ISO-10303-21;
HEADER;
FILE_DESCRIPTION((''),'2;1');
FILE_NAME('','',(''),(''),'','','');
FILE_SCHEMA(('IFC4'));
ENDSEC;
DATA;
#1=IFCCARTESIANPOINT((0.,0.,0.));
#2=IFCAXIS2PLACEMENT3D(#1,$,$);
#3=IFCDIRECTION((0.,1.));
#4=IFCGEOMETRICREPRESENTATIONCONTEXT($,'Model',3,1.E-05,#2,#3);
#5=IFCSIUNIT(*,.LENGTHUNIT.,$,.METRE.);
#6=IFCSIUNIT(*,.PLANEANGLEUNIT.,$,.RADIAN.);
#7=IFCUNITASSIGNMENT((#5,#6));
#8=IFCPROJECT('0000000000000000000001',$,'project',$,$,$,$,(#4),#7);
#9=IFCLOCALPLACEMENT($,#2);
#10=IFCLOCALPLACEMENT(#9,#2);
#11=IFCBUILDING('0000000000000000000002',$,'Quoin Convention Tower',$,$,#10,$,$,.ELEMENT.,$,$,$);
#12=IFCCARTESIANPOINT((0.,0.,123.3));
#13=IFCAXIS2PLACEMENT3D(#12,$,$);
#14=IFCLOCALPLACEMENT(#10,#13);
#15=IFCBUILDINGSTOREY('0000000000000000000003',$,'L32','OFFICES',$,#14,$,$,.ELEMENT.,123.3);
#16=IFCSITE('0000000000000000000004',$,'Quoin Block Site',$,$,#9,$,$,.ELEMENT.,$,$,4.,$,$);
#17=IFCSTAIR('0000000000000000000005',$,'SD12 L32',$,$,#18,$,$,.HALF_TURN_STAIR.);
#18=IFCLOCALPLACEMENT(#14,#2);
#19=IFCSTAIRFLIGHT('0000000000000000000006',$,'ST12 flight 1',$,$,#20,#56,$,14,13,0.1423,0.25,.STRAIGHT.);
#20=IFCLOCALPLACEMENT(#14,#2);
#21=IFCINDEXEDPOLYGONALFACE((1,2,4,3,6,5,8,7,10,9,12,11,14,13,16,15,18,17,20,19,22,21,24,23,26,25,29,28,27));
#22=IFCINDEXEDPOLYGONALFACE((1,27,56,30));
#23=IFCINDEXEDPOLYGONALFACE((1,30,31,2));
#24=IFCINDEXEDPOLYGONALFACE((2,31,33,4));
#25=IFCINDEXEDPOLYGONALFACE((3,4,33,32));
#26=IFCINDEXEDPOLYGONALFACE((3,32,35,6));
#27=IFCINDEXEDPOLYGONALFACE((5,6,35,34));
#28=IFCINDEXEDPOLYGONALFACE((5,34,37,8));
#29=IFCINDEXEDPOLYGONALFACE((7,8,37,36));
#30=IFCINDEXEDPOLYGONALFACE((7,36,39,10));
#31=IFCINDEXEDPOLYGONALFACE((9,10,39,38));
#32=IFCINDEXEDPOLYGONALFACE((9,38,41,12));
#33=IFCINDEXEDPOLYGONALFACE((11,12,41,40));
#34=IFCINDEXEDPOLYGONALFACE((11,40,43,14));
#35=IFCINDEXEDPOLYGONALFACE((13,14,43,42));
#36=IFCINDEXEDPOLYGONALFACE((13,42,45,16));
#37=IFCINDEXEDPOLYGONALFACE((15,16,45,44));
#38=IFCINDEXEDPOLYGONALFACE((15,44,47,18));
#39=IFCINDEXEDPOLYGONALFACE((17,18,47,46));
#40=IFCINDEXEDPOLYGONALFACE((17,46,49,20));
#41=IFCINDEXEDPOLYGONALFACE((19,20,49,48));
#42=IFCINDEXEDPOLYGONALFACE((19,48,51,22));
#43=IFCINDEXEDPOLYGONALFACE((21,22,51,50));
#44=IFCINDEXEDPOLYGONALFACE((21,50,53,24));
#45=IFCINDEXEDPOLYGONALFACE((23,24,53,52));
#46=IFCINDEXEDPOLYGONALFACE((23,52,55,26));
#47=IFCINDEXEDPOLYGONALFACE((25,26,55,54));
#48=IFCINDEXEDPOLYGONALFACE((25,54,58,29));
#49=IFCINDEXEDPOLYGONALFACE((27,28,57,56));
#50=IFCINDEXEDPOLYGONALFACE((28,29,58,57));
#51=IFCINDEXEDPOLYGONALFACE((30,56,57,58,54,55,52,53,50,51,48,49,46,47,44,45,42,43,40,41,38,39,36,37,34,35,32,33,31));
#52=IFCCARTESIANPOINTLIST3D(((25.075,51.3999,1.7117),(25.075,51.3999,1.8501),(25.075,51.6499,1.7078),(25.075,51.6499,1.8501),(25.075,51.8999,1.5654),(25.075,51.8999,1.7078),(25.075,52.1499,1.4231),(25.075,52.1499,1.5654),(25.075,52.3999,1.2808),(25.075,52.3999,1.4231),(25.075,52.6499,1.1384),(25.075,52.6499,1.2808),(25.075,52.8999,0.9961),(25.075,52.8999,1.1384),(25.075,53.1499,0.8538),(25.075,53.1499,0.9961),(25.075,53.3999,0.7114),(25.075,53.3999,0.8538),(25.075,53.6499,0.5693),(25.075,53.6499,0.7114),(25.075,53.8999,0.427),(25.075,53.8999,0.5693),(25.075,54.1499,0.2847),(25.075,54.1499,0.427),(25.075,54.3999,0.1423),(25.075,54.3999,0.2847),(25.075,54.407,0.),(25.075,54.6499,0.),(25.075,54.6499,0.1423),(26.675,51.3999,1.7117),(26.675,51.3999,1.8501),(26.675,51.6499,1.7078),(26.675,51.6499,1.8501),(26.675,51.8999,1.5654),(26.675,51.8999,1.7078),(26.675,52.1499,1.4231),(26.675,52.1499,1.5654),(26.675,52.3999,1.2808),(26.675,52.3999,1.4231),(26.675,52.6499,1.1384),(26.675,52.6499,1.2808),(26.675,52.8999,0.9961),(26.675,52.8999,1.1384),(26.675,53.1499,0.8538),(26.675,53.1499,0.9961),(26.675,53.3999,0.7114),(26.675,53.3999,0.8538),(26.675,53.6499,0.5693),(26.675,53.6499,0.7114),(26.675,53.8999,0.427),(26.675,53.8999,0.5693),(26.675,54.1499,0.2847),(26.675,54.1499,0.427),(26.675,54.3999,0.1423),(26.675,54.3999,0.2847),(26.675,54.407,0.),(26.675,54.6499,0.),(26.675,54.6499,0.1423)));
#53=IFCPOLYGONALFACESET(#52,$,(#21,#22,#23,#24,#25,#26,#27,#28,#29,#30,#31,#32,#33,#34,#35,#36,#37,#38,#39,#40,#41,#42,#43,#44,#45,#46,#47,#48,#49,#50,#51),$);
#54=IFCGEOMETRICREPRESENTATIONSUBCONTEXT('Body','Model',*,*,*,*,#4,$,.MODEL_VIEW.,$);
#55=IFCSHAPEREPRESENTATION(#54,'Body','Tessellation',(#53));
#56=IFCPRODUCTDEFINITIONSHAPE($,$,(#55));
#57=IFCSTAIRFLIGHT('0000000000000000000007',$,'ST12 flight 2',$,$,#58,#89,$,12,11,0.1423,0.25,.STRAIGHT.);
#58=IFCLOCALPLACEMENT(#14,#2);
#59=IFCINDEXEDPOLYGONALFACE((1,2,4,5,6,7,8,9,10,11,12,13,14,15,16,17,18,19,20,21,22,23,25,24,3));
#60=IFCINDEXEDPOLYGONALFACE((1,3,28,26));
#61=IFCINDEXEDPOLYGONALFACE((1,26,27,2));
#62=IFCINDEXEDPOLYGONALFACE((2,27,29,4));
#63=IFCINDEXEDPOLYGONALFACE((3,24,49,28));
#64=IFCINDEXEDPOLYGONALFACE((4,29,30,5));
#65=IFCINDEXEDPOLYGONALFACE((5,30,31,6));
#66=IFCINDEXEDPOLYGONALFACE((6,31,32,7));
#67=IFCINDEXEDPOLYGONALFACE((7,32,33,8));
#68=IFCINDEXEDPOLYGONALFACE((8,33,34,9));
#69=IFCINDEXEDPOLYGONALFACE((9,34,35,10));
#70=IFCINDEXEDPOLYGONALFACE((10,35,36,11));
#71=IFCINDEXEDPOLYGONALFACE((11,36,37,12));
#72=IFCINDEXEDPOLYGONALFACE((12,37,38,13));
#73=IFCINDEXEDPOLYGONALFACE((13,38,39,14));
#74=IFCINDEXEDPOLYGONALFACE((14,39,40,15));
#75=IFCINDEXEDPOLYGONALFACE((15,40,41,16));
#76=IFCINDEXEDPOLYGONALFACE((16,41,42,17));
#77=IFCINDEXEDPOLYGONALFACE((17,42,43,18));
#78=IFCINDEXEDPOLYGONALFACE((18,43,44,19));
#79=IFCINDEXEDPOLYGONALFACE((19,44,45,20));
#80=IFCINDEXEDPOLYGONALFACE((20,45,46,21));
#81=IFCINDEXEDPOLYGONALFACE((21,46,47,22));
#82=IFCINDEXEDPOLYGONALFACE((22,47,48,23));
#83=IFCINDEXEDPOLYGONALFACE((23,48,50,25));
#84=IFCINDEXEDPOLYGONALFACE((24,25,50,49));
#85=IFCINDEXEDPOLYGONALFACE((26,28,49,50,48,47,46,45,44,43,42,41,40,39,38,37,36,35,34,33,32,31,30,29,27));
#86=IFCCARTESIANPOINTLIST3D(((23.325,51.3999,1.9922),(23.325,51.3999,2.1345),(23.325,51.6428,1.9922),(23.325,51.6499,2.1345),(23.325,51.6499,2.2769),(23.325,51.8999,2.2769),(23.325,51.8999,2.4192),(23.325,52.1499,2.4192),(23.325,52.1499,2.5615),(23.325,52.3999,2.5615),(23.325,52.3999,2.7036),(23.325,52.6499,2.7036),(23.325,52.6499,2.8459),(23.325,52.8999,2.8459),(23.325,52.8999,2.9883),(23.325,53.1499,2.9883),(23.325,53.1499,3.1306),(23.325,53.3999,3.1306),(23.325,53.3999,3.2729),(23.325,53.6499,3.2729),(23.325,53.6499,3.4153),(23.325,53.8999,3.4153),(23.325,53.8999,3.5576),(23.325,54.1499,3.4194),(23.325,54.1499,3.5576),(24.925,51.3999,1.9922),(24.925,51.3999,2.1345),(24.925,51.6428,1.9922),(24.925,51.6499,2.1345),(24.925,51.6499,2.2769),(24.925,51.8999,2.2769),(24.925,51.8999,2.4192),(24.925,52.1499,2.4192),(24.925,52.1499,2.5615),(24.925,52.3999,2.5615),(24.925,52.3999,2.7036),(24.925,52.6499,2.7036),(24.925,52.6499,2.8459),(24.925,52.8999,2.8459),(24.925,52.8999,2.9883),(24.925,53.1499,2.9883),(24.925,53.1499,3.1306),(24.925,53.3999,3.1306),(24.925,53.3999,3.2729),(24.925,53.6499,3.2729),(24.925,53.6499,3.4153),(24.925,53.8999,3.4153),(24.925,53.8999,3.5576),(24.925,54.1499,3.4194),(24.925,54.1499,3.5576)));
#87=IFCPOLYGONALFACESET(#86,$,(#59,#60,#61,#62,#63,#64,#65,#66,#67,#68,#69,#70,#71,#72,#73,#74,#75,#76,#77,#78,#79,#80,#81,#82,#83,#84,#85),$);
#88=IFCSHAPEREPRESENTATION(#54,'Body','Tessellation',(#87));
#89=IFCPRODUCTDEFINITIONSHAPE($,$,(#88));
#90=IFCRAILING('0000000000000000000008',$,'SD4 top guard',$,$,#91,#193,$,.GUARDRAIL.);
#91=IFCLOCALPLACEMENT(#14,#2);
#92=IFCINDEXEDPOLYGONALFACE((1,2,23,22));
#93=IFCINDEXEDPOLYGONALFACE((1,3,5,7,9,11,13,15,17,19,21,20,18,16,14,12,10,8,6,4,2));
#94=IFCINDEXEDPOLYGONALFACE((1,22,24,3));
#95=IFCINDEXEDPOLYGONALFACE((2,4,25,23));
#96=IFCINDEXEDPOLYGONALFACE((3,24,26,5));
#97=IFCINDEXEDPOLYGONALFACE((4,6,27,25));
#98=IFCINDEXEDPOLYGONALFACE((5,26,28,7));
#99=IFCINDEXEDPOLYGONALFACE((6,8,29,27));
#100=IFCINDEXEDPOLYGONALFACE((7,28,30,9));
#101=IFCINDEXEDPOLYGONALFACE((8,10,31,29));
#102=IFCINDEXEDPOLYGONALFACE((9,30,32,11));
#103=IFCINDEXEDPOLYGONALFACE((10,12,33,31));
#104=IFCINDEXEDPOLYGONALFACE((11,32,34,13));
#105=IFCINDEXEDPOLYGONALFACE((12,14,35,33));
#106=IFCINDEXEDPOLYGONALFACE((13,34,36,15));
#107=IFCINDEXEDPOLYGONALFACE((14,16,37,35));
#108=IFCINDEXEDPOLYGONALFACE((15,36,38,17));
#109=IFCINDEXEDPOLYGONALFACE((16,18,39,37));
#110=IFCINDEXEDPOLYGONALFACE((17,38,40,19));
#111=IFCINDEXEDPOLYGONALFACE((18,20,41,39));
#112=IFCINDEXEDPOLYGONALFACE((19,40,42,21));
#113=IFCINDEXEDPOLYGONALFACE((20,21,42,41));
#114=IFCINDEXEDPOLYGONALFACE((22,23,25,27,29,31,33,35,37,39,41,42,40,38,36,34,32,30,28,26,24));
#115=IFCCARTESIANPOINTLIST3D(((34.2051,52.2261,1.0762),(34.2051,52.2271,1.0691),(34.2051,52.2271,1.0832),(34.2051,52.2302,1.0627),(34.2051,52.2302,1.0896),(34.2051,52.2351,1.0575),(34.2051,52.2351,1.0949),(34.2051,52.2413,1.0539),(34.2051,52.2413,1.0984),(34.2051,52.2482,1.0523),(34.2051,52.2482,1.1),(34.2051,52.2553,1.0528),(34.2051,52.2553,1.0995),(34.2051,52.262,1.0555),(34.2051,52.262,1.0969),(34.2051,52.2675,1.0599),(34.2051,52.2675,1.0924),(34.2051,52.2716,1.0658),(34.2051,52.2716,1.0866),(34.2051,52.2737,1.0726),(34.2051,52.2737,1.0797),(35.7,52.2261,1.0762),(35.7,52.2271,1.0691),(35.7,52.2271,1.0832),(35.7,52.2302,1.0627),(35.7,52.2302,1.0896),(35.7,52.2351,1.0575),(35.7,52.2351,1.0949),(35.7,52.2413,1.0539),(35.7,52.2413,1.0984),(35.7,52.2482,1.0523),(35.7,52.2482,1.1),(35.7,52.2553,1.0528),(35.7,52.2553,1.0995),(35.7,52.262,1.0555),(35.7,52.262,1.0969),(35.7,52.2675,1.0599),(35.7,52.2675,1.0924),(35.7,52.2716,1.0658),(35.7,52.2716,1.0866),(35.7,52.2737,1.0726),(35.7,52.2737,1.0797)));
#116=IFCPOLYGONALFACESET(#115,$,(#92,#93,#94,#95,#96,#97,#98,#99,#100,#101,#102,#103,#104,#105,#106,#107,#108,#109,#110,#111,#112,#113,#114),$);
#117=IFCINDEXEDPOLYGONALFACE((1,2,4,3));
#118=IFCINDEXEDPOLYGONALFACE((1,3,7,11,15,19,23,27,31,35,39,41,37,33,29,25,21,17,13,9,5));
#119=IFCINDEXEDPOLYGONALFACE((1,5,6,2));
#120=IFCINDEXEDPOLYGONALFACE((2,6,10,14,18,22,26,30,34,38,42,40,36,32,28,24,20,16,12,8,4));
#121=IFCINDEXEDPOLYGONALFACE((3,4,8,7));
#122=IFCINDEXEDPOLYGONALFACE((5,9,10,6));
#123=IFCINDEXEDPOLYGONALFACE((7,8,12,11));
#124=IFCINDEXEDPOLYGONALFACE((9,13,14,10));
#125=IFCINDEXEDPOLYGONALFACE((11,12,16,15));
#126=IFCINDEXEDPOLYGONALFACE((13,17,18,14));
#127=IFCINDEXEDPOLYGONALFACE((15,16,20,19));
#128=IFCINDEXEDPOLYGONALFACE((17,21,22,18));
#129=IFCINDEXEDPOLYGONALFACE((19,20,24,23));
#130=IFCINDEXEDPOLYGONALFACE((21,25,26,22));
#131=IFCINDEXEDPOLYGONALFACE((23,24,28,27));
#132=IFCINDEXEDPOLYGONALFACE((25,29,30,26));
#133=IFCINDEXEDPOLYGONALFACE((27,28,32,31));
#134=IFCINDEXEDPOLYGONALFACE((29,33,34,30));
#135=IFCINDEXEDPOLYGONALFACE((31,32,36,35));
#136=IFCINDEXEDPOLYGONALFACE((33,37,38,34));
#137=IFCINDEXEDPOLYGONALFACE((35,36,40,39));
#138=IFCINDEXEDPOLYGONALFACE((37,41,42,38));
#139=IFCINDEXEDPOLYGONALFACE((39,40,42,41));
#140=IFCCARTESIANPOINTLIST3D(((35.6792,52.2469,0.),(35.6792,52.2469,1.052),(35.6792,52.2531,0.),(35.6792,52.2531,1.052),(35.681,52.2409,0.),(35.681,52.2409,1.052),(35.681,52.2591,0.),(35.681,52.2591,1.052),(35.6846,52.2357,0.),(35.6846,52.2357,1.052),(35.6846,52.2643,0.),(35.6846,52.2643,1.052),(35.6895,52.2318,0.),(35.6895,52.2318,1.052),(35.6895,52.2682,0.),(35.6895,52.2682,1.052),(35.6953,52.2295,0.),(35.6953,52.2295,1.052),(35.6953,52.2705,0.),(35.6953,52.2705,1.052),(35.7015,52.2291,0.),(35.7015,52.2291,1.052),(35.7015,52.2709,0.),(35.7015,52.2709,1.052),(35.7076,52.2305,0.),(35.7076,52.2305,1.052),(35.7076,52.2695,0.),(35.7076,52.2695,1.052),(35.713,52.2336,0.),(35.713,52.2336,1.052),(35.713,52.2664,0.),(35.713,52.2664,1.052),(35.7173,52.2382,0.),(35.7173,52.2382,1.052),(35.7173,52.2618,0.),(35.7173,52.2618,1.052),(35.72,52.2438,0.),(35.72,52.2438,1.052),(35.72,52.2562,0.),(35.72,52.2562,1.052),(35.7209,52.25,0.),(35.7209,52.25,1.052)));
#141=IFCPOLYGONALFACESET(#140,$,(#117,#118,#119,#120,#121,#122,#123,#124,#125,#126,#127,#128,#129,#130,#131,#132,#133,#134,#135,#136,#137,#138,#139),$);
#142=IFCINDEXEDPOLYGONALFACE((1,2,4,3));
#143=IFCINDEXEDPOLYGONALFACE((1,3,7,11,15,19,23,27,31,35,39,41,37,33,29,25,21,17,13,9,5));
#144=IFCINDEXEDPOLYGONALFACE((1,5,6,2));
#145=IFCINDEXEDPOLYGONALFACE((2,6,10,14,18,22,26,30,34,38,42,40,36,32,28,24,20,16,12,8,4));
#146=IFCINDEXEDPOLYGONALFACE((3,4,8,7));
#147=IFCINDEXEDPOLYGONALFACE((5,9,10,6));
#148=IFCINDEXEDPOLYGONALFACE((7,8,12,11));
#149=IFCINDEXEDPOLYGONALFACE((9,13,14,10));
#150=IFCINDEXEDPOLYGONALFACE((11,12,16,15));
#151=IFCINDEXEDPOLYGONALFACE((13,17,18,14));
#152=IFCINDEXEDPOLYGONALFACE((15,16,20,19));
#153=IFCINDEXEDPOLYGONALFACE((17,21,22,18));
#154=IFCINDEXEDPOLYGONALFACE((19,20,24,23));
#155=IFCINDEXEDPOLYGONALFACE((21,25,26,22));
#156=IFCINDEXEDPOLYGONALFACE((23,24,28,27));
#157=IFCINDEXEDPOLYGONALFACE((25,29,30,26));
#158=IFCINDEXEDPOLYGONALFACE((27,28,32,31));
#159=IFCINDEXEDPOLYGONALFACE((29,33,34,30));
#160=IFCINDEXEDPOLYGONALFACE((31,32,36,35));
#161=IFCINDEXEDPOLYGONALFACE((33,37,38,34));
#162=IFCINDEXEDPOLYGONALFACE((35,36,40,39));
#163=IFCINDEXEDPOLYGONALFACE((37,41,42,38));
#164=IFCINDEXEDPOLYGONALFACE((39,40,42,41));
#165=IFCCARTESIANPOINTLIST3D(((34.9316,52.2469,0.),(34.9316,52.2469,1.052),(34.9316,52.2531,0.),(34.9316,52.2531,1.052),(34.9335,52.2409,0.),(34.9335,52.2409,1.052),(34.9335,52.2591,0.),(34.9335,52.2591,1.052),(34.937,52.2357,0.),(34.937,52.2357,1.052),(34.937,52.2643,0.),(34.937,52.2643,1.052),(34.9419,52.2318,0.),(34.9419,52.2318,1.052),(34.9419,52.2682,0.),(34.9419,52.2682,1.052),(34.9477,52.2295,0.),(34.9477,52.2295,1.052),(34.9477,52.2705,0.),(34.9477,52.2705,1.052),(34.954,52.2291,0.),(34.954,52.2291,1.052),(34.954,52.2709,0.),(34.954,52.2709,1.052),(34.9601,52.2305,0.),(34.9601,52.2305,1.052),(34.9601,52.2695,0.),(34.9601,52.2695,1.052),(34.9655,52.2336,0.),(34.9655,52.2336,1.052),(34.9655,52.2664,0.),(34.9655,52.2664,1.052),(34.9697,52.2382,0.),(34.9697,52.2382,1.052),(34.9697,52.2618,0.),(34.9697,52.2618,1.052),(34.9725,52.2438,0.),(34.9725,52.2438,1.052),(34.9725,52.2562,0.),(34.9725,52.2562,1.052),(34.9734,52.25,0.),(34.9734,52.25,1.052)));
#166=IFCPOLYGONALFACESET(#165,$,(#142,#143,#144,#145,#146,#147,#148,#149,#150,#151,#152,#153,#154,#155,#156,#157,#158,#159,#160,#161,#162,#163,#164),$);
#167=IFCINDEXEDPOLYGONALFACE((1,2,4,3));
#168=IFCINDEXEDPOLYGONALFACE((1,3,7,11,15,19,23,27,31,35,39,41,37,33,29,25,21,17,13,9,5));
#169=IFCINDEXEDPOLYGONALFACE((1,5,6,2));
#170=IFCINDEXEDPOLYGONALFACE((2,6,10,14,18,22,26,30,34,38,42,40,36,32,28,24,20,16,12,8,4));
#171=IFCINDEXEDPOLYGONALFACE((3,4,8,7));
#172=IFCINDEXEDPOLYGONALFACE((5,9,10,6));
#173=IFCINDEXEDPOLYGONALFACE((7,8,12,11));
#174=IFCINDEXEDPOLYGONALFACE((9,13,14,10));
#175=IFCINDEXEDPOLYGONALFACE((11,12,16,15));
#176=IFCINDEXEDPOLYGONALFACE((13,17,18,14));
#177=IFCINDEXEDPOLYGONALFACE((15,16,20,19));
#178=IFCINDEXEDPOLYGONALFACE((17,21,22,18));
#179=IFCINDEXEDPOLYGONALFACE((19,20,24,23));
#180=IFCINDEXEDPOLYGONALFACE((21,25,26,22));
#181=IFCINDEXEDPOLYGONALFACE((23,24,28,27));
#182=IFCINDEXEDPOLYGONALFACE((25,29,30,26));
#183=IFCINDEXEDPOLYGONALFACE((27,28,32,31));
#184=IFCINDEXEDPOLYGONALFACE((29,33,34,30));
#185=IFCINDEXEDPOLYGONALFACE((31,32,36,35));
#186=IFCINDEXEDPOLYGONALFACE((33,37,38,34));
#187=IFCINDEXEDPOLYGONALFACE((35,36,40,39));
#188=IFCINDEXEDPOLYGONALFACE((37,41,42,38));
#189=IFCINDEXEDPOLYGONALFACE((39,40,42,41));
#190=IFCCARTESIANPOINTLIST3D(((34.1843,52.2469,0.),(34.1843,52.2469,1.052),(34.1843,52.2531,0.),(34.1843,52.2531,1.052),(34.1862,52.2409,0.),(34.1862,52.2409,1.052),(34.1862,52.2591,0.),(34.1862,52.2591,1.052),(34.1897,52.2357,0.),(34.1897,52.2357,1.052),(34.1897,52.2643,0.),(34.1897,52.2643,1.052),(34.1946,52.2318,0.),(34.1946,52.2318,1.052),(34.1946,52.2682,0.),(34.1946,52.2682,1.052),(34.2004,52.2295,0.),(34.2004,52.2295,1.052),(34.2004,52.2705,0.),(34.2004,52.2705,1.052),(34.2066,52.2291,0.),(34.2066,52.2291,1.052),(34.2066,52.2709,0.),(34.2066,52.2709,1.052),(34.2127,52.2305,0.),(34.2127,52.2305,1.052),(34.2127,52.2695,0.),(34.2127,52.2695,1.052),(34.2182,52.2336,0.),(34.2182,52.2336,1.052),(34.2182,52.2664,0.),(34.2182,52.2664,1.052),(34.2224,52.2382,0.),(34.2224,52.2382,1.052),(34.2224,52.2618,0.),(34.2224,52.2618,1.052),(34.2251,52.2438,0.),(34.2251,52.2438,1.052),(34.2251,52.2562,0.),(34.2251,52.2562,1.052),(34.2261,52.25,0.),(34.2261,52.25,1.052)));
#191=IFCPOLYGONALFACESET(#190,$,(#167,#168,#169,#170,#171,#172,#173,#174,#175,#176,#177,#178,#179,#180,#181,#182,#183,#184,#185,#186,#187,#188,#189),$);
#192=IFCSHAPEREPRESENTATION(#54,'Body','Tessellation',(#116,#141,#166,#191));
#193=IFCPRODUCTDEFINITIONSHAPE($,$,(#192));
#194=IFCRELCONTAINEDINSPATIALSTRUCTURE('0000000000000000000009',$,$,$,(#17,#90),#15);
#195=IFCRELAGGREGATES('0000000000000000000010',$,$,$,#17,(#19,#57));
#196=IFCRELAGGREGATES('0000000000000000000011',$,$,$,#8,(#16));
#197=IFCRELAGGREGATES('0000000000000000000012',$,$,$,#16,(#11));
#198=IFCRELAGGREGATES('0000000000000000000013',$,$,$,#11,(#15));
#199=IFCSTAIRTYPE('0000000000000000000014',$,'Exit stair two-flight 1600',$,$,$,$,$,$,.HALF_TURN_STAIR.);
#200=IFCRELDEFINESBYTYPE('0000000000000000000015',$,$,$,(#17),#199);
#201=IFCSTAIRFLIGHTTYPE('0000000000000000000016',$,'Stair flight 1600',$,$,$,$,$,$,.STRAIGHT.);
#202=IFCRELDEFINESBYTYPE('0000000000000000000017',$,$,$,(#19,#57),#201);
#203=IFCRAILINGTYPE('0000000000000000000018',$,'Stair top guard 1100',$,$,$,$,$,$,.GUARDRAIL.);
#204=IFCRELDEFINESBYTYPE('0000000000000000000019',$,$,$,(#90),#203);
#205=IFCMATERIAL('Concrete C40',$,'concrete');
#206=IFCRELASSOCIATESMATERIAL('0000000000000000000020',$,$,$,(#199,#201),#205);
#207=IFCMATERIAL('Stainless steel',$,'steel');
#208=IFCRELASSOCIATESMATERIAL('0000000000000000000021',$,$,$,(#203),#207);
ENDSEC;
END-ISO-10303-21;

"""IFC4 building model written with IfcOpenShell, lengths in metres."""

from ifc_helpers import new_model, si_unit, direction, frame, origin, origin_2d, place, context, subcontext, project, spatial, polyline, circle, outline, extrude, material, type_object, element, aggregate, save


model = new_model("IFC4")

# Units and contexts
model_context = context("Model", 3, precision=1e-05, world=origin(), true_north=direction((0.0, 1.0)))
body_context = subcontext(model_context, "Body", "Model", "MODEL_VIEW")
ifc_project = project(units=[si_unit("LENGTHUNIT", "METRE"), si_unit("PLANEANGLEUNIT", "RADIAN")], contexts=[model_context])

# Site, building, storey
site_placement = place(None, origin())
site = spatial("IfcSite", under=ifc_project, at=site_placement, Name="Quoin Block Site", CompositionType="ELEMENT", RefElevation=4.0)
building_placement = place(site_placement, origin())
building = spatial("IfcBuilding", under=site, at=building_placement, Name="Quoin Convention Tower", CompositionType="ELEMENT")
storey_placement = place(building_placement, frame((0.0, 0.0, 123.3)))
storey = spatial("IfcBuildingStorey", under=building, at=storey_placement, Name="L32", Description="OFFICES", CompositionType="ELEMENT", Elevation=123.3)

# Shared definitions
ifc_material_1 = material(Name="Concrete C40", Category="concrete")

# Stair, stair flights
stair_type_1 = type_object("IfcStairType", Name="Exit stair two-flight 1600", PredefinedType="HALF_TURN_STAIR", material=ifc_material_1)
stair_flight_type_1 = type_object("IfcStairFlightType", Name="Stair flight 1600", PredefinedType="STRAIGHT", material=ifc_material_1)
stair_1_placement = place(storey_placement, origin())
stair_1 = element("IfcStair", 1, at=stair_1_placement, inside=storey, type_object=stair_type_1, Name="SD12 L32", PredefinedType="HALF_TURN_STAIR")
stair_flight_1_placement = place(storey_placement, frame((25.875, 54.6499, 0.0), z_axis=(0.0, 0.0, 1.0), x_axis=(0.0, -1.0, 0.0)))
stair_flight_1 = element("IfcStairFlight", 2, at=stair_flight_1_placement, type_object=stair_flight_type_1, Name="ST12 flight 1", NumberOfRisers=14, NumberOfTreads=13, PredefinedType="STRAIGHT", RiserHeight=0.1423, TreadLength=0.25, context=body_context, shape_type="SweptSolid", body=[
    extrude(outline(polyline([(0.0, 0.0), (0.0, 0.1423), (0.25, 0.1423), (0.25, 0.2847), (0.5, 0.2847), (0.5, 0.427), (0.75, 0.427), (0.75, 0.5693), (1.0, 0.5693), (1.0, 0.7114), (1.25, 0.7114), (1.25, 0.8538), (1.5, 0.8538), (1.5, 0.9961), (1.75, 0.9961), (1.75, 1.1384), (2.0, 1.1384), (2.0, 1.2808), (2.25, 1.2808), (2.25, 1.4231), (2.5, 1.4231), (2.5, 1.5654), (2.75, 1.5654), (2.75, 1.7078), (3.0, 1.7078), (3.0, 1.8501), (3.25, 1.8501), (3.25, 1.9922), (3.25, 1.7117), (0.2429, 0.0), (0.0, 0.0)])), frame((0.0, 0.8, 0.0), z_axis=(0.0, -1.0, 0.0), x_axis=(1.0, 0.0, 0.0)), (0.0, 0.0, 1.0), 1.6001),
])
stair_flight_2_placement = place(storey_placement, frame((24.125, 51.3999, 1.9922), z_axis=(0.0, 0.0, 1.0), x_axis=(0.0, 1.0, 0.0)))
stair_flight_2 = element("IfcStairFlight", 3, at=stair_flight_2_placement, type_object=stair_flight_type_1, Name="ST12 flight 2", NumberOfRisers=12, NumberOfTreads=11, PredefinedType="STRAIGHT", RiserHeight=0.1423, TreadLength=0.25, context=body_context, shape_type="SweptSolid", body=[
    extrude(outline(polyline([(0.0, 0.0), (0.0, 0.1423), (0.25, 0.1423), (0.25, 0.2847), (0.5, 0.2847), (0.5, 0.427), (0.75, 0.427), (0.75, 0.5693), (1.0, 0.5693), (1.0, 0.7114), (1.25, 0.7114), (1.25, 0.8538), (1.5, 0.8538), (1.5, 0.9961), (1.75, 0.9961), (1.75, 1.1384), (2.0, 1.1384), (2.0, 1.2808), (2.25, 1.2808), (2.25, 1.4231), (2.5, 1.4231), (2.5, 1.5654), (2.75, 1.5654), (2.75, 1.7078), (2.75, 1.4272), (0.2429, 0.0), (0.0, 0.0)])), frame((0.0, 0.8, 0.0), z_axis=(0.0, -1.0, 0.0), x_axis=(1.0, 0.0, 0.0)), (0.0, 0.0, 1.0), 1.6001),
])
aggregate(stair_1, [stair_flight_1, stair_flight_2])

# Railing
ifc_material_2 = material(Name="Stainless steel", Category="steel")
railing_type_1 = type_object("IfcRailingType", Name="Stair top guard 1100", PredefinedType="GUARDRAIL", material=ifc_material_2)
railing_1_placement = place(storey_placement, frame((35.7, 52.25, 0.0)))
element("IfcRailing", 4, at=railing_1_placement, inside=storey, type_object=railing_type_1, Name="SD4 top guard", PredefinedType="GUARDRAIL", context=body_context, shape_type="SweptSolid", body=[
    extrude(circle(Radius=0.0239, at=origin_2d()), frame((0.0, 0.0, 1.0762), z_axis=(-1.0, 0.0, 0.0), x_axis=(0.0, -1.0, 0.0)), (0.0, 0.0, 1.0), 1.4949),
    extrude(circle(Radius=0.021, at=origin_2d()), origin(), (0.0, 0.0, 1.0), 1.052),
    extrude(circle(Radius=0.021, at=origin_2d()), frame((-0.7476, 0.0, 0.0)), (0.0, 0.0, 1.0), 1.052),
    extrude(circle(Radius=0.021, at=origin_2d()), frame((-1.4949, 0.0, 0.0)), (0.0, 0.0, 1.0), 1.052),
])

save(model, "model.ifc")
